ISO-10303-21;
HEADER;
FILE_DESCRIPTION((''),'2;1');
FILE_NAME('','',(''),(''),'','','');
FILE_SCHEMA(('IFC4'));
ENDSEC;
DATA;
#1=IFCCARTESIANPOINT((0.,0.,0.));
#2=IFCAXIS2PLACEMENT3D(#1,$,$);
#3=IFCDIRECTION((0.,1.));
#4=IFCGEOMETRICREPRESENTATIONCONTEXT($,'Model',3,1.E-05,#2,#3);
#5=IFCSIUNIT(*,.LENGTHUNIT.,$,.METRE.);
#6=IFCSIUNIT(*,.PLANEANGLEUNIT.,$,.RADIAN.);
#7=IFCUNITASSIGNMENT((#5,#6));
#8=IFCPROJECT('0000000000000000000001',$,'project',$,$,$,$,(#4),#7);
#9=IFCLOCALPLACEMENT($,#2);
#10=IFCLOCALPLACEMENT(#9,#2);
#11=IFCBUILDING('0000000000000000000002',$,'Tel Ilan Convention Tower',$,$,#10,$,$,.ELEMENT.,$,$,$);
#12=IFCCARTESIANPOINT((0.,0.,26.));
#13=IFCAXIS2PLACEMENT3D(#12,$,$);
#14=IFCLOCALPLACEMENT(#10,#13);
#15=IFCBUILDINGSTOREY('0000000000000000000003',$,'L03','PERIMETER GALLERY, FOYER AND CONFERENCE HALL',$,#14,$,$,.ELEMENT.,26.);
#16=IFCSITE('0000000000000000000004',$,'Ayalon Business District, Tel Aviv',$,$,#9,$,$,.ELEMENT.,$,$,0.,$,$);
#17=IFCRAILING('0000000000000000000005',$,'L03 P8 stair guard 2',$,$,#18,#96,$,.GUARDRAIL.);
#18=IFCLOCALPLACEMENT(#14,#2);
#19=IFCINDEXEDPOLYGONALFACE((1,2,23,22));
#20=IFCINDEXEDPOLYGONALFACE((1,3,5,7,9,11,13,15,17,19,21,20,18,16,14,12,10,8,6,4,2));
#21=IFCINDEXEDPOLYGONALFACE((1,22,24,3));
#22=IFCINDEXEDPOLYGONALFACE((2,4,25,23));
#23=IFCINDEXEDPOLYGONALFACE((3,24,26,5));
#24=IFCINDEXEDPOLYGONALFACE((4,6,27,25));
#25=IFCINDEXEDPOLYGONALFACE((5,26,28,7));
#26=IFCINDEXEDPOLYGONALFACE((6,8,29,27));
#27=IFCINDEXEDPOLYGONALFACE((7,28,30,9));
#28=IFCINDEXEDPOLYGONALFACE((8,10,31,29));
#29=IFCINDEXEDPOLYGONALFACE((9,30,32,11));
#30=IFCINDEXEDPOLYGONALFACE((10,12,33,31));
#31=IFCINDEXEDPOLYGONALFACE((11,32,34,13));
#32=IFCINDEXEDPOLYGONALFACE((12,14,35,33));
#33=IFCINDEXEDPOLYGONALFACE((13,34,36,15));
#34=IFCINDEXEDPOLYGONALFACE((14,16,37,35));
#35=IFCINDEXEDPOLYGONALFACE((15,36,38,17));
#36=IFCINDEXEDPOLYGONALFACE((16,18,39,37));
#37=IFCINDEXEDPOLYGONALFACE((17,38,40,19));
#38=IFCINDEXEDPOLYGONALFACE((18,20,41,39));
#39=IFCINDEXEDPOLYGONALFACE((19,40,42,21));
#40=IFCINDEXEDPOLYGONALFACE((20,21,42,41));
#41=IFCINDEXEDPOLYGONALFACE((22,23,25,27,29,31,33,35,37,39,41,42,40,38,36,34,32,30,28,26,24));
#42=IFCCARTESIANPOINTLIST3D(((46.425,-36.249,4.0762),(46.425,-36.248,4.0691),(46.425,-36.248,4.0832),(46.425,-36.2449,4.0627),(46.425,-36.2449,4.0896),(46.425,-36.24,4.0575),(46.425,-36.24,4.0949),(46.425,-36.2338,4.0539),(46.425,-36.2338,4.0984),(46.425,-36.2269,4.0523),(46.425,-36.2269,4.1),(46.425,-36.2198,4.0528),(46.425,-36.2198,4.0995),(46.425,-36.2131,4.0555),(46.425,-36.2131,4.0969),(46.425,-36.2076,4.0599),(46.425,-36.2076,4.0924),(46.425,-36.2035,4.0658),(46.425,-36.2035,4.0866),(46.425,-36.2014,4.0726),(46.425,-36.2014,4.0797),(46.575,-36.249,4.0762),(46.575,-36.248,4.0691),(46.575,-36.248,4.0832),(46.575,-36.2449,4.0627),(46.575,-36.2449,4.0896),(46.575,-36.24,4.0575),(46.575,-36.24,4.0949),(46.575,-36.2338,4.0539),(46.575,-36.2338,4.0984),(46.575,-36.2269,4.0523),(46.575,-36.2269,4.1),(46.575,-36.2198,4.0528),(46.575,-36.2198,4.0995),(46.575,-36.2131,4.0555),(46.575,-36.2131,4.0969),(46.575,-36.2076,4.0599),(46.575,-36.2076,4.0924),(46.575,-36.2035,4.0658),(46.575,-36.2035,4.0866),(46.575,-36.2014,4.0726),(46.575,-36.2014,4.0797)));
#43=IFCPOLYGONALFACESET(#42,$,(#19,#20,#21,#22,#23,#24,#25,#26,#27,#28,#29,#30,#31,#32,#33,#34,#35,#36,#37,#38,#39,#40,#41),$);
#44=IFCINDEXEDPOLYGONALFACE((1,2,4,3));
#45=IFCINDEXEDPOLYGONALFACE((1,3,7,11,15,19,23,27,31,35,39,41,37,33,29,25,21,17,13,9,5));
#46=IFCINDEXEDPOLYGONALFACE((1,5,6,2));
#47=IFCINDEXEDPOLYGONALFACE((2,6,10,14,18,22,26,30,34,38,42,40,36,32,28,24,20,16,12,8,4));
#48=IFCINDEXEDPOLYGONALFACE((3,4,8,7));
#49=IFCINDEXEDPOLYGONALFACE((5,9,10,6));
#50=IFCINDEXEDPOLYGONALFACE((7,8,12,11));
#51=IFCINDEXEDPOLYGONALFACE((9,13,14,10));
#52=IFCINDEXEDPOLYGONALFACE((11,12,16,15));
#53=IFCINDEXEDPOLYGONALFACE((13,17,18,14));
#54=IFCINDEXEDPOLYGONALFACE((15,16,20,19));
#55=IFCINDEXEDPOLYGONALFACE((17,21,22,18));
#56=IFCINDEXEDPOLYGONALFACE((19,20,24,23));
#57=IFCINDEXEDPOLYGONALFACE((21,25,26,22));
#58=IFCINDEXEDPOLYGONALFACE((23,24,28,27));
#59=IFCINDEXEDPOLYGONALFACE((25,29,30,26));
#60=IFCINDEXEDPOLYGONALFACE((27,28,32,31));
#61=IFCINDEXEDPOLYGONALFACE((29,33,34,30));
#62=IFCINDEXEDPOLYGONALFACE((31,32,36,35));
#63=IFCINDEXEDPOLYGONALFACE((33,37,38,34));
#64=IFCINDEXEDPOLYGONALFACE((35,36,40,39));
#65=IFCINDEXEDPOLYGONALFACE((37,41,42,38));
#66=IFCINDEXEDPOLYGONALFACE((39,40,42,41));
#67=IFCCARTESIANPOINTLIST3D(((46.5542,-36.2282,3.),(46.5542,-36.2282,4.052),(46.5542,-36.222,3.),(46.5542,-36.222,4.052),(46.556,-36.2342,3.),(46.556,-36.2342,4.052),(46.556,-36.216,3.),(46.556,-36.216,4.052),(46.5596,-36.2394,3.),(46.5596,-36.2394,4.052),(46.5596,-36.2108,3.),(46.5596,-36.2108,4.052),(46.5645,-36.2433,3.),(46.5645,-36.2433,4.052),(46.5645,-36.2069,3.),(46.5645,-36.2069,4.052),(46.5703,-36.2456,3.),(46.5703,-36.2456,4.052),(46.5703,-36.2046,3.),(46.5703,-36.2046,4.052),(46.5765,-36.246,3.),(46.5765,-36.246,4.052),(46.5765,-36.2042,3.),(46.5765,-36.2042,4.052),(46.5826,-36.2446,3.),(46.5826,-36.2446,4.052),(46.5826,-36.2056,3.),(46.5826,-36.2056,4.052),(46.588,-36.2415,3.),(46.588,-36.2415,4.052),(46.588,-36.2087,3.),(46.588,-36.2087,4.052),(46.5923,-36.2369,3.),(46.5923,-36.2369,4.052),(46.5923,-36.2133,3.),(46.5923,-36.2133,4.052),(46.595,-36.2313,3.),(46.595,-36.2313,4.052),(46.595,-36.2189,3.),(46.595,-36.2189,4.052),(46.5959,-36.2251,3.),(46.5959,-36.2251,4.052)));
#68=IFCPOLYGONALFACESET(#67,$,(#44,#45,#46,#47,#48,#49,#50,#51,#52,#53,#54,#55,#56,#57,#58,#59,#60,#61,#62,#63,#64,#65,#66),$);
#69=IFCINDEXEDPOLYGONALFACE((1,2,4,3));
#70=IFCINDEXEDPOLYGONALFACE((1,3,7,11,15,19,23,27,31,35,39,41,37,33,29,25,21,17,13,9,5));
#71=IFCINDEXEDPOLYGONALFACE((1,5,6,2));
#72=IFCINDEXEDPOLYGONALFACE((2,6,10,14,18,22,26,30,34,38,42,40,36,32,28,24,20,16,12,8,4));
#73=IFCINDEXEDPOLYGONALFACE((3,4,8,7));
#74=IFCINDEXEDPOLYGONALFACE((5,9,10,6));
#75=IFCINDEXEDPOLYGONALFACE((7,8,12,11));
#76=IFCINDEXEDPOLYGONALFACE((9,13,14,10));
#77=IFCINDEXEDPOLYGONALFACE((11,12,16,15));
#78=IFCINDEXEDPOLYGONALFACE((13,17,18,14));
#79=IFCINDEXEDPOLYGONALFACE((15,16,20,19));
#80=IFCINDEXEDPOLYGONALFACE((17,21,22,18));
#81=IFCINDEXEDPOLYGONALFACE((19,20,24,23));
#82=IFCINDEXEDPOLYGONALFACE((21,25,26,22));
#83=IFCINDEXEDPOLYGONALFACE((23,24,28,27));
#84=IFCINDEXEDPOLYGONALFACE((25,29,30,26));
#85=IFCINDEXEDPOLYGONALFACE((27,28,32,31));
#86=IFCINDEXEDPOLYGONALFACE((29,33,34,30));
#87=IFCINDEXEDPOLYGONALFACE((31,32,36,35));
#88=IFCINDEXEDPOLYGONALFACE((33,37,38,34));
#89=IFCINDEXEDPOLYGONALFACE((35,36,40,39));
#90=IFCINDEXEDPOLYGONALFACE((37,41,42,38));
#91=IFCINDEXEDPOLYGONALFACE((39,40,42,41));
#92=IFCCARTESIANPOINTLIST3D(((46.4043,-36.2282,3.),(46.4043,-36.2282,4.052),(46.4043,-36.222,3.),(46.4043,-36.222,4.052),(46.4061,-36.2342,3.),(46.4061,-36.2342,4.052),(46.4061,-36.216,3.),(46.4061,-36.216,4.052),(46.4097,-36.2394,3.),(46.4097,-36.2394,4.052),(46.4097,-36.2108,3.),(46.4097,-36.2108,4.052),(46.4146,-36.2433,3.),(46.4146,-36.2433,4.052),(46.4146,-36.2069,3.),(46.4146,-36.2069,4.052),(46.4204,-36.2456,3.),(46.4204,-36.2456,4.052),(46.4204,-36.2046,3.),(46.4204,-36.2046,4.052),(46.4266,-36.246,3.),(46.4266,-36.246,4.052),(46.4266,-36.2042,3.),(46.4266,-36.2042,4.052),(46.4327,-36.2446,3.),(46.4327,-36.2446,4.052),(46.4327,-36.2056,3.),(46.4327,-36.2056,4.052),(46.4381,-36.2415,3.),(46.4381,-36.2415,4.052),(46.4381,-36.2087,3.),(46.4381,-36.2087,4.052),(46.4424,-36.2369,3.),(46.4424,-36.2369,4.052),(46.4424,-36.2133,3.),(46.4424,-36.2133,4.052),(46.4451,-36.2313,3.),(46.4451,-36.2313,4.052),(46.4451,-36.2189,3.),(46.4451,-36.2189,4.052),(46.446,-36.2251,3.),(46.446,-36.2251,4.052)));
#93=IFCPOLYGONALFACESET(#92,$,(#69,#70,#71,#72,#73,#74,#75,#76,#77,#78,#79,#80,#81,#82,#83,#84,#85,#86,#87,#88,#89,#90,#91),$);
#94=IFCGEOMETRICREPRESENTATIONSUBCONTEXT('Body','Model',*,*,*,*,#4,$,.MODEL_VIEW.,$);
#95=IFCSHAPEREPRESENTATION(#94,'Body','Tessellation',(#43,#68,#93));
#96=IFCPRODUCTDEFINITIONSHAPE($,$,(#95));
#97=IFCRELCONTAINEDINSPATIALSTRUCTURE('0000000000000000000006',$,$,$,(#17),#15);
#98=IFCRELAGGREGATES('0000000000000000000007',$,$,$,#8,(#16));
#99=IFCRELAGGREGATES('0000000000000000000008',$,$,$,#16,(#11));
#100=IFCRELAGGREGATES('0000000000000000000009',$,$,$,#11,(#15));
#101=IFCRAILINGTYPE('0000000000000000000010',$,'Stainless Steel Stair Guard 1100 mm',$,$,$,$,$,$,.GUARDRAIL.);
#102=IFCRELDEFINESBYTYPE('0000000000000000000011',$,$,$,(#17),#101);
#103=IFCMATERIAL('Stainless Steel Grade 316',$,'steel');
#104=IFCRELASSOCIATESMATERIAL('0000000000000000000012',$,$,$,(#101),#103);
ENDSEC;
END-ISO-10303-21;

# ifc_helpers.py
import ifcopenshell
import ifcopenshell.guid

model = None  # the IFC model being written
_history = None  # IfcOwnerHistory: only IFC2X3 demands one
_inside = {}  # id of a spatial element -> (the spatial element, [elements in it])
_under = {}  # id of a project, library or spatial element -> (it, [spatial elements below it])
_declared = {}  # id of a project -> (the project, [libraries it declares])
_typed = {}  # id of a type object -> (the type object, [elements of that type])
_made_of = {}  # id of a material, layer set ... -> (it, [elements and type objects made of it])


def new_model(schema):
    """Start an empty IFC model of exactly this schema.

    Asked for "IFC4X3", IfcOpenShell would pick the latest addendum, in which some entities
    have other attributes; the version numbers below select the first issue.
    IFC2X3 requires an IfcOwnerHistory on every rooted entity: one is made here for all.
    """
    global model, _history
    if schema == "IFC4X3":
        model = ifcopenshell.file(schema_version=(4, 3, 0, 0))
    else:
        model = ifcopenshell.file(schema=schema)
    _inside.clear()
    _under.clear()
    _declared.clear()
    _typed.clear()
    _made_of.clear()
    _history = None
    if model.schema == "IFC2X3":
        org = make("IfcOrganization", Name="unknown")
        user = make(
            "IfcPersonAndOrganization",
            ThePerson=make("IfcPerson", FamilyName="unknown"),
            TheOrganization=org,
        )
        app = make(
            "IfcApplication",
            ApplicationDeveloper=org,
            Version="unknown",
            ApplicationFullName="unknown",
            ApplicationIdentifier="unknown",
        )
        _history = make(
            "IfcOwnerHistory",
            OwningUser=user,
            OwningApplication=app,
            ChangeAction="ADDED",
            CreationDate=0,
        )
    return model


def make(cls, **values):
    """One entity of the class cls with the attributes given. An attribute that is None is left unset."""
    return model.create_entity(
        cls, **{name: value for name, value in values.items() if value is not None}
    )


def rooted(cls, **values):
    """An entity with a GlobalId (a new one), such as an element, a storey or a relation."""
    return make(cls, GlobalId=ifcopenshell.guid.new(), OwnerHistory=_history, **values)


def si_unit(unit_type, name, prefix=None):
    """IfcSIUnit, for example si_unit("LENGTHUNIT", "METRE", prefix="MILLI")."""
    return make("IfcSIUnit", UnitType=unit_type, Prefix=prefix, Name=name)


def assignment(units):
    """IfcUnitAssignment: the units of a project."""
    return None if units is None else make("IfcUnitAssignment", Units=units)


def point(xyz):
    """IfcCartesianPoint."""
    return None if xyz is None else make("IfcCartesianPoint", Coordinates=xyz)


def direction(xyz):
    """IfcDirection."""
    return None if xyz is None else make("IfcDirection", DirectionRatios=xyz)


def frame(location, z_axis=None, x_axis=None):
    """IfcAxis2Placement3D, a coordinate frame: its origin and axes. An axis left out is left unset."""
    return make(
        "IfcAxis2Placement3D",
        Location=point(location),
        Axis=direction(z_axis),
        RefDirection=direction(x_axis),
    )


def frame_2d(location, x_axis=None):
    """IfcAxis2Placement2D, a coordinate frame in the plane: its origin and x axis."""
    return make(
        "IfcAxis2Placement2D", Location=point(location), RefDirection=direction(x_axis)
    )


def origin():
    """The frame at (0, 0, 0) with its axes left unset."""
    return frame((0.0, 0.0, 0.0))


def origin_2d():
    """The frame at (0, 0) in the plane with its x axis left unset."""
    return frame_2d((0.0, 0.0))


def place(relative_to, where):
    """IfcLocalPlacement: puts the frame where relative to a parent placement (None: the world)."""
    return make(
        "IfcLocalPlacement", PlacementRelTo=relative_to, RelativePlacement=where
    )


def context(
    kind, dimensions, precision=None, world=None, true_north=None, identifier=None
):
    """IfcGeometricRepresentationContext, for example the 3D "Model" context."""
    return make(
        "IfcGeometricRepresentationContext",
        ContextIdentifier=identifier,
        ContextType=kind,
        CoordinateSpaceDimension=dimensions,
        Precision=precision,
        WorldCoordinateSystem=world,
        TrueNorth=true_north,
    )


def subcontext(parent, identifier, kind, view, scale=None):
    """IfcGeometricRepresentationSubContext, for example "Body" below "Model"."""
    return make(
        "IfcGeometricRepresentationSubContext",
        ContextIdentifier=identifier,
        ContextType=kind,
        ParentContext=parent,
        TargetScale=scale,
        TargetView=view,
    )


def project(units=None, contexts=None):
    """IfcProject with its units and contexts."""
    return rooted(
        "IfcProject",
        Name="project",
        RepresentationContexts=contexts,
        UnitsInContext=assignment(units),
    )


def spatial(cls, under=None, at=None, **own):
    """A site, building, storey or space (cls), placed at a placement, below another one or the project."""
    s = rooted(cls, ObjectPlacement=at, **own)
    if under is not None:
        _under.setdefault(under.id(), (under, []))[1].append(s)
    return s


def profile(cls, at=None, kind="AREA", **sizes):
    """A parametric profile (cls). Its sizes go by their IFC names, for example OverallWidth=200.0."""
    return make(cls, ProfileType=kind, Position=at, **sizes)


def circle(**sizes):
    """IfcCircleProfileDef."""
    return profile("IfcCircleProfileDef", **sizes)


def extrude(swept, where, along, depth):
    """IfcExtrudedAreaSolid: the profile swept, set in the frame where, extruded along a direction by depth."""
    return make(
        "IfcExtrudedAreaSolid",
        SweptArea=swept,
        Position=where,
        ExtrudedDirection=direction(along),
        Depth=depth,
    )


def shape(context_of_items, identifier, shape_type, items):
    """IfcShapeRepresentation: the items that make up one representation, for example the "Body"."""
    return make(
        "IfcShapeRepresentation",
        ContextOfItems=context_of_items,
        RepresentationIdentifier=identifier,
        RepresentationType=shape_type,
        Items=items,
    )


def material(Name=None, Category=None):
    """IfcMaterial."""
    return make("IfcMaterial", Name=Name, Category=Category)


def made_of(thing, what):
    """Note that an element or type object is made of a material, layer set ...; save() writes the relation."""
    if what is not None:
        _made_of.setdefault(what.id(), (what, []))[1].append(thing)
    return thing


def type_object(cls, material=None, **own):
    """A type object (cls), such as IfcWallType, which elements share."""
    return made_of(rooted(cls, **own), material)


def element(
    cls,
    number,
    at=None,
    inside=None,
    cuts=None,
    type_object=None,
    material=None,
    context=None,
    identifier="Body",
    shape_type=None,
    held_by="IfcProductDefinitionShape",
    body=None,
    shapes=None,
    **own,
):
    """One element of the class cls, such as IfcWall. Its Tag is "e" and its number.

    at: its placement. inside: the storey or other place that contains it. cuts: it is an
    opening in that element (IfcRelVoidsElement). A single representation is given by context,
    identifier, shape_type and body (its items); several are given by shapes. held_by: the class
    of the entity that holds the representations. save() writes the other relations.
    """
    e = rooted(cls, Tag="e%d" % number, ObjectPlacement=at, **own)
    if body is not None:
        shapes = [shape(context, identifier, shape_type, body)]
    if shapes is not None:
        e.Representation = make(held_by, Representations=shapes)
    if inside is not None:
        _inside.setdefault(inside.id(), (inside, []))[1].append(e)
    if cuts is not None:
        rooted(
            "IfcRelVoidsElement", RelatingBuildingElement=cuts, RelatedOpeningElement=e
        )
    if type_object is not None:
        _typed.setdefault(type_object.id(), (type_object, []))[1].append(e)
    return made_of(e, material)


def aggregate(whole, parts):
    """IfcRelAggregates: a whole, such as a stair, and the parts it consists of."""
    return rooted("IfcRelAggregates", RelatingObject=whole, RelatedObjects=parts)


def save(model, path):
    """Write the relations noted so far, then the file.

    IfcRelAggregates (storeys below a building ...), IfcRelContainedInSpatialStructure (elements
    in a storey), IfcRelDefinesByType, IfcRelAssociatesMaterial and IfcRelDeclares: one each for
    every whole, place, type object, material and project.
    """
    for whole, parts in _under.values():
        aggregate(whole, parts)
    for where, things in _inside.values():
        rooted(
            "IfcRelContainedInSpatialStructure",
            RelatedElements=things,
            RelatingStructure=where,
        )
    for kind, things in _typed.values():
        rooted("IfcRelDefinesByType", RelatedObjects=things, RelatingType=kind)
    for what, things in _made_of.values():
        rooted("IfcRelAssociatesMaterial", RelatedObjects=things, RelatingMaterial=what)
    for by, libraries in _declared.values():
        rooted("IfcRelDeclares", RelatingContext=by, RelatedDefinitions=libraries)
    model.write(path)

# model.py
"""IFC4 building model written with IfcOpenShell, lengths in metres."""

from ifc_helpers import new_model, si_unit, direction, frame, origin, origin_2d, place, context, subcontext, project, spatial, circle, extrude, material, type_object, element, save


model = new_model("IFC4")

# Units and contexts
model_context = context("Model", 3, precision=1e-05, world=origin(), true_north=direction((0.0, 1.0)))
body_context = subcontext(model_context, "Body", "Model", "MODEL_VIEW")
ifc_project = project(units=[si_unit("LENGTHUNIT", "METRE"), si_unit("PLANEANGLEUNIT", "RADIAN")], contexts=[model_context])

# Site, building, storey
site_placement = place(None, origin())
site = spatial("IfcSite", under=ifc_project, at=site_placement, Name="Ayalon Business District, Tel Aviv", CompositionType="ELEMENT", RefElevation=0.0)
building_placement = place(site_placement, origin())
building = spatial("IfcBuilding", under=site, at=building_placement, Name="Tel Ilan Convention Tower", CompositionType="ELEMENT")
storey_placement = place(building_placement, frame((0.0, 0.0, 26.0)))
storey = spatial("IfcBuildingStorey", under=building, at=storey_placement, Name="L03", Description="PERIMETER GALLERY, FOYER AND CONFERENCE HALL", CompositionType="ELEMENT", Elevation=26.0)

# Railing
ifc_material_1 = material(Name="Stainless Steel Grade 316", Category="steel")
railing_type_1 = type_object("IfcRailingType", Name="Stainless Steel Stair Guard 1100 mm", PredefinedType="GUARDRAIL", material=ifc_material_1)
railing_1_placement = place(storey_placement, frame((46.575, -36.2251, 3.0)))
element("IfcRailing", 1, at=railing_1_placement, inside=storey, type_object=railing_type_1, Name="L03 P8 stair guard 2", PredefinedType="GUARDRAIL", context=body_context, shape_type="SweptSolid", body=[
    extrude(circle(Radius=0.0239, at=origin_2d()), frame((0.0, 0.0, 1.0762), z_axis=(-1.0, 0.0, 0.0), x_axis=(0.0, -1.0, 0.0)), (0.0, 0.0, 1.0), 0.1499),
    extrude(circle(Radius=0.021, at=origin_2d()), origin(), (0.0, 0.0, 1.0), 1.052),
    extrude(circle(Radius=0.021, at=origin_2d()), frame((-0.1499, 0.0, 0.0)), (0.0, 0.0, 1.0), 1.052),
])

save(model, "model.ifc")
